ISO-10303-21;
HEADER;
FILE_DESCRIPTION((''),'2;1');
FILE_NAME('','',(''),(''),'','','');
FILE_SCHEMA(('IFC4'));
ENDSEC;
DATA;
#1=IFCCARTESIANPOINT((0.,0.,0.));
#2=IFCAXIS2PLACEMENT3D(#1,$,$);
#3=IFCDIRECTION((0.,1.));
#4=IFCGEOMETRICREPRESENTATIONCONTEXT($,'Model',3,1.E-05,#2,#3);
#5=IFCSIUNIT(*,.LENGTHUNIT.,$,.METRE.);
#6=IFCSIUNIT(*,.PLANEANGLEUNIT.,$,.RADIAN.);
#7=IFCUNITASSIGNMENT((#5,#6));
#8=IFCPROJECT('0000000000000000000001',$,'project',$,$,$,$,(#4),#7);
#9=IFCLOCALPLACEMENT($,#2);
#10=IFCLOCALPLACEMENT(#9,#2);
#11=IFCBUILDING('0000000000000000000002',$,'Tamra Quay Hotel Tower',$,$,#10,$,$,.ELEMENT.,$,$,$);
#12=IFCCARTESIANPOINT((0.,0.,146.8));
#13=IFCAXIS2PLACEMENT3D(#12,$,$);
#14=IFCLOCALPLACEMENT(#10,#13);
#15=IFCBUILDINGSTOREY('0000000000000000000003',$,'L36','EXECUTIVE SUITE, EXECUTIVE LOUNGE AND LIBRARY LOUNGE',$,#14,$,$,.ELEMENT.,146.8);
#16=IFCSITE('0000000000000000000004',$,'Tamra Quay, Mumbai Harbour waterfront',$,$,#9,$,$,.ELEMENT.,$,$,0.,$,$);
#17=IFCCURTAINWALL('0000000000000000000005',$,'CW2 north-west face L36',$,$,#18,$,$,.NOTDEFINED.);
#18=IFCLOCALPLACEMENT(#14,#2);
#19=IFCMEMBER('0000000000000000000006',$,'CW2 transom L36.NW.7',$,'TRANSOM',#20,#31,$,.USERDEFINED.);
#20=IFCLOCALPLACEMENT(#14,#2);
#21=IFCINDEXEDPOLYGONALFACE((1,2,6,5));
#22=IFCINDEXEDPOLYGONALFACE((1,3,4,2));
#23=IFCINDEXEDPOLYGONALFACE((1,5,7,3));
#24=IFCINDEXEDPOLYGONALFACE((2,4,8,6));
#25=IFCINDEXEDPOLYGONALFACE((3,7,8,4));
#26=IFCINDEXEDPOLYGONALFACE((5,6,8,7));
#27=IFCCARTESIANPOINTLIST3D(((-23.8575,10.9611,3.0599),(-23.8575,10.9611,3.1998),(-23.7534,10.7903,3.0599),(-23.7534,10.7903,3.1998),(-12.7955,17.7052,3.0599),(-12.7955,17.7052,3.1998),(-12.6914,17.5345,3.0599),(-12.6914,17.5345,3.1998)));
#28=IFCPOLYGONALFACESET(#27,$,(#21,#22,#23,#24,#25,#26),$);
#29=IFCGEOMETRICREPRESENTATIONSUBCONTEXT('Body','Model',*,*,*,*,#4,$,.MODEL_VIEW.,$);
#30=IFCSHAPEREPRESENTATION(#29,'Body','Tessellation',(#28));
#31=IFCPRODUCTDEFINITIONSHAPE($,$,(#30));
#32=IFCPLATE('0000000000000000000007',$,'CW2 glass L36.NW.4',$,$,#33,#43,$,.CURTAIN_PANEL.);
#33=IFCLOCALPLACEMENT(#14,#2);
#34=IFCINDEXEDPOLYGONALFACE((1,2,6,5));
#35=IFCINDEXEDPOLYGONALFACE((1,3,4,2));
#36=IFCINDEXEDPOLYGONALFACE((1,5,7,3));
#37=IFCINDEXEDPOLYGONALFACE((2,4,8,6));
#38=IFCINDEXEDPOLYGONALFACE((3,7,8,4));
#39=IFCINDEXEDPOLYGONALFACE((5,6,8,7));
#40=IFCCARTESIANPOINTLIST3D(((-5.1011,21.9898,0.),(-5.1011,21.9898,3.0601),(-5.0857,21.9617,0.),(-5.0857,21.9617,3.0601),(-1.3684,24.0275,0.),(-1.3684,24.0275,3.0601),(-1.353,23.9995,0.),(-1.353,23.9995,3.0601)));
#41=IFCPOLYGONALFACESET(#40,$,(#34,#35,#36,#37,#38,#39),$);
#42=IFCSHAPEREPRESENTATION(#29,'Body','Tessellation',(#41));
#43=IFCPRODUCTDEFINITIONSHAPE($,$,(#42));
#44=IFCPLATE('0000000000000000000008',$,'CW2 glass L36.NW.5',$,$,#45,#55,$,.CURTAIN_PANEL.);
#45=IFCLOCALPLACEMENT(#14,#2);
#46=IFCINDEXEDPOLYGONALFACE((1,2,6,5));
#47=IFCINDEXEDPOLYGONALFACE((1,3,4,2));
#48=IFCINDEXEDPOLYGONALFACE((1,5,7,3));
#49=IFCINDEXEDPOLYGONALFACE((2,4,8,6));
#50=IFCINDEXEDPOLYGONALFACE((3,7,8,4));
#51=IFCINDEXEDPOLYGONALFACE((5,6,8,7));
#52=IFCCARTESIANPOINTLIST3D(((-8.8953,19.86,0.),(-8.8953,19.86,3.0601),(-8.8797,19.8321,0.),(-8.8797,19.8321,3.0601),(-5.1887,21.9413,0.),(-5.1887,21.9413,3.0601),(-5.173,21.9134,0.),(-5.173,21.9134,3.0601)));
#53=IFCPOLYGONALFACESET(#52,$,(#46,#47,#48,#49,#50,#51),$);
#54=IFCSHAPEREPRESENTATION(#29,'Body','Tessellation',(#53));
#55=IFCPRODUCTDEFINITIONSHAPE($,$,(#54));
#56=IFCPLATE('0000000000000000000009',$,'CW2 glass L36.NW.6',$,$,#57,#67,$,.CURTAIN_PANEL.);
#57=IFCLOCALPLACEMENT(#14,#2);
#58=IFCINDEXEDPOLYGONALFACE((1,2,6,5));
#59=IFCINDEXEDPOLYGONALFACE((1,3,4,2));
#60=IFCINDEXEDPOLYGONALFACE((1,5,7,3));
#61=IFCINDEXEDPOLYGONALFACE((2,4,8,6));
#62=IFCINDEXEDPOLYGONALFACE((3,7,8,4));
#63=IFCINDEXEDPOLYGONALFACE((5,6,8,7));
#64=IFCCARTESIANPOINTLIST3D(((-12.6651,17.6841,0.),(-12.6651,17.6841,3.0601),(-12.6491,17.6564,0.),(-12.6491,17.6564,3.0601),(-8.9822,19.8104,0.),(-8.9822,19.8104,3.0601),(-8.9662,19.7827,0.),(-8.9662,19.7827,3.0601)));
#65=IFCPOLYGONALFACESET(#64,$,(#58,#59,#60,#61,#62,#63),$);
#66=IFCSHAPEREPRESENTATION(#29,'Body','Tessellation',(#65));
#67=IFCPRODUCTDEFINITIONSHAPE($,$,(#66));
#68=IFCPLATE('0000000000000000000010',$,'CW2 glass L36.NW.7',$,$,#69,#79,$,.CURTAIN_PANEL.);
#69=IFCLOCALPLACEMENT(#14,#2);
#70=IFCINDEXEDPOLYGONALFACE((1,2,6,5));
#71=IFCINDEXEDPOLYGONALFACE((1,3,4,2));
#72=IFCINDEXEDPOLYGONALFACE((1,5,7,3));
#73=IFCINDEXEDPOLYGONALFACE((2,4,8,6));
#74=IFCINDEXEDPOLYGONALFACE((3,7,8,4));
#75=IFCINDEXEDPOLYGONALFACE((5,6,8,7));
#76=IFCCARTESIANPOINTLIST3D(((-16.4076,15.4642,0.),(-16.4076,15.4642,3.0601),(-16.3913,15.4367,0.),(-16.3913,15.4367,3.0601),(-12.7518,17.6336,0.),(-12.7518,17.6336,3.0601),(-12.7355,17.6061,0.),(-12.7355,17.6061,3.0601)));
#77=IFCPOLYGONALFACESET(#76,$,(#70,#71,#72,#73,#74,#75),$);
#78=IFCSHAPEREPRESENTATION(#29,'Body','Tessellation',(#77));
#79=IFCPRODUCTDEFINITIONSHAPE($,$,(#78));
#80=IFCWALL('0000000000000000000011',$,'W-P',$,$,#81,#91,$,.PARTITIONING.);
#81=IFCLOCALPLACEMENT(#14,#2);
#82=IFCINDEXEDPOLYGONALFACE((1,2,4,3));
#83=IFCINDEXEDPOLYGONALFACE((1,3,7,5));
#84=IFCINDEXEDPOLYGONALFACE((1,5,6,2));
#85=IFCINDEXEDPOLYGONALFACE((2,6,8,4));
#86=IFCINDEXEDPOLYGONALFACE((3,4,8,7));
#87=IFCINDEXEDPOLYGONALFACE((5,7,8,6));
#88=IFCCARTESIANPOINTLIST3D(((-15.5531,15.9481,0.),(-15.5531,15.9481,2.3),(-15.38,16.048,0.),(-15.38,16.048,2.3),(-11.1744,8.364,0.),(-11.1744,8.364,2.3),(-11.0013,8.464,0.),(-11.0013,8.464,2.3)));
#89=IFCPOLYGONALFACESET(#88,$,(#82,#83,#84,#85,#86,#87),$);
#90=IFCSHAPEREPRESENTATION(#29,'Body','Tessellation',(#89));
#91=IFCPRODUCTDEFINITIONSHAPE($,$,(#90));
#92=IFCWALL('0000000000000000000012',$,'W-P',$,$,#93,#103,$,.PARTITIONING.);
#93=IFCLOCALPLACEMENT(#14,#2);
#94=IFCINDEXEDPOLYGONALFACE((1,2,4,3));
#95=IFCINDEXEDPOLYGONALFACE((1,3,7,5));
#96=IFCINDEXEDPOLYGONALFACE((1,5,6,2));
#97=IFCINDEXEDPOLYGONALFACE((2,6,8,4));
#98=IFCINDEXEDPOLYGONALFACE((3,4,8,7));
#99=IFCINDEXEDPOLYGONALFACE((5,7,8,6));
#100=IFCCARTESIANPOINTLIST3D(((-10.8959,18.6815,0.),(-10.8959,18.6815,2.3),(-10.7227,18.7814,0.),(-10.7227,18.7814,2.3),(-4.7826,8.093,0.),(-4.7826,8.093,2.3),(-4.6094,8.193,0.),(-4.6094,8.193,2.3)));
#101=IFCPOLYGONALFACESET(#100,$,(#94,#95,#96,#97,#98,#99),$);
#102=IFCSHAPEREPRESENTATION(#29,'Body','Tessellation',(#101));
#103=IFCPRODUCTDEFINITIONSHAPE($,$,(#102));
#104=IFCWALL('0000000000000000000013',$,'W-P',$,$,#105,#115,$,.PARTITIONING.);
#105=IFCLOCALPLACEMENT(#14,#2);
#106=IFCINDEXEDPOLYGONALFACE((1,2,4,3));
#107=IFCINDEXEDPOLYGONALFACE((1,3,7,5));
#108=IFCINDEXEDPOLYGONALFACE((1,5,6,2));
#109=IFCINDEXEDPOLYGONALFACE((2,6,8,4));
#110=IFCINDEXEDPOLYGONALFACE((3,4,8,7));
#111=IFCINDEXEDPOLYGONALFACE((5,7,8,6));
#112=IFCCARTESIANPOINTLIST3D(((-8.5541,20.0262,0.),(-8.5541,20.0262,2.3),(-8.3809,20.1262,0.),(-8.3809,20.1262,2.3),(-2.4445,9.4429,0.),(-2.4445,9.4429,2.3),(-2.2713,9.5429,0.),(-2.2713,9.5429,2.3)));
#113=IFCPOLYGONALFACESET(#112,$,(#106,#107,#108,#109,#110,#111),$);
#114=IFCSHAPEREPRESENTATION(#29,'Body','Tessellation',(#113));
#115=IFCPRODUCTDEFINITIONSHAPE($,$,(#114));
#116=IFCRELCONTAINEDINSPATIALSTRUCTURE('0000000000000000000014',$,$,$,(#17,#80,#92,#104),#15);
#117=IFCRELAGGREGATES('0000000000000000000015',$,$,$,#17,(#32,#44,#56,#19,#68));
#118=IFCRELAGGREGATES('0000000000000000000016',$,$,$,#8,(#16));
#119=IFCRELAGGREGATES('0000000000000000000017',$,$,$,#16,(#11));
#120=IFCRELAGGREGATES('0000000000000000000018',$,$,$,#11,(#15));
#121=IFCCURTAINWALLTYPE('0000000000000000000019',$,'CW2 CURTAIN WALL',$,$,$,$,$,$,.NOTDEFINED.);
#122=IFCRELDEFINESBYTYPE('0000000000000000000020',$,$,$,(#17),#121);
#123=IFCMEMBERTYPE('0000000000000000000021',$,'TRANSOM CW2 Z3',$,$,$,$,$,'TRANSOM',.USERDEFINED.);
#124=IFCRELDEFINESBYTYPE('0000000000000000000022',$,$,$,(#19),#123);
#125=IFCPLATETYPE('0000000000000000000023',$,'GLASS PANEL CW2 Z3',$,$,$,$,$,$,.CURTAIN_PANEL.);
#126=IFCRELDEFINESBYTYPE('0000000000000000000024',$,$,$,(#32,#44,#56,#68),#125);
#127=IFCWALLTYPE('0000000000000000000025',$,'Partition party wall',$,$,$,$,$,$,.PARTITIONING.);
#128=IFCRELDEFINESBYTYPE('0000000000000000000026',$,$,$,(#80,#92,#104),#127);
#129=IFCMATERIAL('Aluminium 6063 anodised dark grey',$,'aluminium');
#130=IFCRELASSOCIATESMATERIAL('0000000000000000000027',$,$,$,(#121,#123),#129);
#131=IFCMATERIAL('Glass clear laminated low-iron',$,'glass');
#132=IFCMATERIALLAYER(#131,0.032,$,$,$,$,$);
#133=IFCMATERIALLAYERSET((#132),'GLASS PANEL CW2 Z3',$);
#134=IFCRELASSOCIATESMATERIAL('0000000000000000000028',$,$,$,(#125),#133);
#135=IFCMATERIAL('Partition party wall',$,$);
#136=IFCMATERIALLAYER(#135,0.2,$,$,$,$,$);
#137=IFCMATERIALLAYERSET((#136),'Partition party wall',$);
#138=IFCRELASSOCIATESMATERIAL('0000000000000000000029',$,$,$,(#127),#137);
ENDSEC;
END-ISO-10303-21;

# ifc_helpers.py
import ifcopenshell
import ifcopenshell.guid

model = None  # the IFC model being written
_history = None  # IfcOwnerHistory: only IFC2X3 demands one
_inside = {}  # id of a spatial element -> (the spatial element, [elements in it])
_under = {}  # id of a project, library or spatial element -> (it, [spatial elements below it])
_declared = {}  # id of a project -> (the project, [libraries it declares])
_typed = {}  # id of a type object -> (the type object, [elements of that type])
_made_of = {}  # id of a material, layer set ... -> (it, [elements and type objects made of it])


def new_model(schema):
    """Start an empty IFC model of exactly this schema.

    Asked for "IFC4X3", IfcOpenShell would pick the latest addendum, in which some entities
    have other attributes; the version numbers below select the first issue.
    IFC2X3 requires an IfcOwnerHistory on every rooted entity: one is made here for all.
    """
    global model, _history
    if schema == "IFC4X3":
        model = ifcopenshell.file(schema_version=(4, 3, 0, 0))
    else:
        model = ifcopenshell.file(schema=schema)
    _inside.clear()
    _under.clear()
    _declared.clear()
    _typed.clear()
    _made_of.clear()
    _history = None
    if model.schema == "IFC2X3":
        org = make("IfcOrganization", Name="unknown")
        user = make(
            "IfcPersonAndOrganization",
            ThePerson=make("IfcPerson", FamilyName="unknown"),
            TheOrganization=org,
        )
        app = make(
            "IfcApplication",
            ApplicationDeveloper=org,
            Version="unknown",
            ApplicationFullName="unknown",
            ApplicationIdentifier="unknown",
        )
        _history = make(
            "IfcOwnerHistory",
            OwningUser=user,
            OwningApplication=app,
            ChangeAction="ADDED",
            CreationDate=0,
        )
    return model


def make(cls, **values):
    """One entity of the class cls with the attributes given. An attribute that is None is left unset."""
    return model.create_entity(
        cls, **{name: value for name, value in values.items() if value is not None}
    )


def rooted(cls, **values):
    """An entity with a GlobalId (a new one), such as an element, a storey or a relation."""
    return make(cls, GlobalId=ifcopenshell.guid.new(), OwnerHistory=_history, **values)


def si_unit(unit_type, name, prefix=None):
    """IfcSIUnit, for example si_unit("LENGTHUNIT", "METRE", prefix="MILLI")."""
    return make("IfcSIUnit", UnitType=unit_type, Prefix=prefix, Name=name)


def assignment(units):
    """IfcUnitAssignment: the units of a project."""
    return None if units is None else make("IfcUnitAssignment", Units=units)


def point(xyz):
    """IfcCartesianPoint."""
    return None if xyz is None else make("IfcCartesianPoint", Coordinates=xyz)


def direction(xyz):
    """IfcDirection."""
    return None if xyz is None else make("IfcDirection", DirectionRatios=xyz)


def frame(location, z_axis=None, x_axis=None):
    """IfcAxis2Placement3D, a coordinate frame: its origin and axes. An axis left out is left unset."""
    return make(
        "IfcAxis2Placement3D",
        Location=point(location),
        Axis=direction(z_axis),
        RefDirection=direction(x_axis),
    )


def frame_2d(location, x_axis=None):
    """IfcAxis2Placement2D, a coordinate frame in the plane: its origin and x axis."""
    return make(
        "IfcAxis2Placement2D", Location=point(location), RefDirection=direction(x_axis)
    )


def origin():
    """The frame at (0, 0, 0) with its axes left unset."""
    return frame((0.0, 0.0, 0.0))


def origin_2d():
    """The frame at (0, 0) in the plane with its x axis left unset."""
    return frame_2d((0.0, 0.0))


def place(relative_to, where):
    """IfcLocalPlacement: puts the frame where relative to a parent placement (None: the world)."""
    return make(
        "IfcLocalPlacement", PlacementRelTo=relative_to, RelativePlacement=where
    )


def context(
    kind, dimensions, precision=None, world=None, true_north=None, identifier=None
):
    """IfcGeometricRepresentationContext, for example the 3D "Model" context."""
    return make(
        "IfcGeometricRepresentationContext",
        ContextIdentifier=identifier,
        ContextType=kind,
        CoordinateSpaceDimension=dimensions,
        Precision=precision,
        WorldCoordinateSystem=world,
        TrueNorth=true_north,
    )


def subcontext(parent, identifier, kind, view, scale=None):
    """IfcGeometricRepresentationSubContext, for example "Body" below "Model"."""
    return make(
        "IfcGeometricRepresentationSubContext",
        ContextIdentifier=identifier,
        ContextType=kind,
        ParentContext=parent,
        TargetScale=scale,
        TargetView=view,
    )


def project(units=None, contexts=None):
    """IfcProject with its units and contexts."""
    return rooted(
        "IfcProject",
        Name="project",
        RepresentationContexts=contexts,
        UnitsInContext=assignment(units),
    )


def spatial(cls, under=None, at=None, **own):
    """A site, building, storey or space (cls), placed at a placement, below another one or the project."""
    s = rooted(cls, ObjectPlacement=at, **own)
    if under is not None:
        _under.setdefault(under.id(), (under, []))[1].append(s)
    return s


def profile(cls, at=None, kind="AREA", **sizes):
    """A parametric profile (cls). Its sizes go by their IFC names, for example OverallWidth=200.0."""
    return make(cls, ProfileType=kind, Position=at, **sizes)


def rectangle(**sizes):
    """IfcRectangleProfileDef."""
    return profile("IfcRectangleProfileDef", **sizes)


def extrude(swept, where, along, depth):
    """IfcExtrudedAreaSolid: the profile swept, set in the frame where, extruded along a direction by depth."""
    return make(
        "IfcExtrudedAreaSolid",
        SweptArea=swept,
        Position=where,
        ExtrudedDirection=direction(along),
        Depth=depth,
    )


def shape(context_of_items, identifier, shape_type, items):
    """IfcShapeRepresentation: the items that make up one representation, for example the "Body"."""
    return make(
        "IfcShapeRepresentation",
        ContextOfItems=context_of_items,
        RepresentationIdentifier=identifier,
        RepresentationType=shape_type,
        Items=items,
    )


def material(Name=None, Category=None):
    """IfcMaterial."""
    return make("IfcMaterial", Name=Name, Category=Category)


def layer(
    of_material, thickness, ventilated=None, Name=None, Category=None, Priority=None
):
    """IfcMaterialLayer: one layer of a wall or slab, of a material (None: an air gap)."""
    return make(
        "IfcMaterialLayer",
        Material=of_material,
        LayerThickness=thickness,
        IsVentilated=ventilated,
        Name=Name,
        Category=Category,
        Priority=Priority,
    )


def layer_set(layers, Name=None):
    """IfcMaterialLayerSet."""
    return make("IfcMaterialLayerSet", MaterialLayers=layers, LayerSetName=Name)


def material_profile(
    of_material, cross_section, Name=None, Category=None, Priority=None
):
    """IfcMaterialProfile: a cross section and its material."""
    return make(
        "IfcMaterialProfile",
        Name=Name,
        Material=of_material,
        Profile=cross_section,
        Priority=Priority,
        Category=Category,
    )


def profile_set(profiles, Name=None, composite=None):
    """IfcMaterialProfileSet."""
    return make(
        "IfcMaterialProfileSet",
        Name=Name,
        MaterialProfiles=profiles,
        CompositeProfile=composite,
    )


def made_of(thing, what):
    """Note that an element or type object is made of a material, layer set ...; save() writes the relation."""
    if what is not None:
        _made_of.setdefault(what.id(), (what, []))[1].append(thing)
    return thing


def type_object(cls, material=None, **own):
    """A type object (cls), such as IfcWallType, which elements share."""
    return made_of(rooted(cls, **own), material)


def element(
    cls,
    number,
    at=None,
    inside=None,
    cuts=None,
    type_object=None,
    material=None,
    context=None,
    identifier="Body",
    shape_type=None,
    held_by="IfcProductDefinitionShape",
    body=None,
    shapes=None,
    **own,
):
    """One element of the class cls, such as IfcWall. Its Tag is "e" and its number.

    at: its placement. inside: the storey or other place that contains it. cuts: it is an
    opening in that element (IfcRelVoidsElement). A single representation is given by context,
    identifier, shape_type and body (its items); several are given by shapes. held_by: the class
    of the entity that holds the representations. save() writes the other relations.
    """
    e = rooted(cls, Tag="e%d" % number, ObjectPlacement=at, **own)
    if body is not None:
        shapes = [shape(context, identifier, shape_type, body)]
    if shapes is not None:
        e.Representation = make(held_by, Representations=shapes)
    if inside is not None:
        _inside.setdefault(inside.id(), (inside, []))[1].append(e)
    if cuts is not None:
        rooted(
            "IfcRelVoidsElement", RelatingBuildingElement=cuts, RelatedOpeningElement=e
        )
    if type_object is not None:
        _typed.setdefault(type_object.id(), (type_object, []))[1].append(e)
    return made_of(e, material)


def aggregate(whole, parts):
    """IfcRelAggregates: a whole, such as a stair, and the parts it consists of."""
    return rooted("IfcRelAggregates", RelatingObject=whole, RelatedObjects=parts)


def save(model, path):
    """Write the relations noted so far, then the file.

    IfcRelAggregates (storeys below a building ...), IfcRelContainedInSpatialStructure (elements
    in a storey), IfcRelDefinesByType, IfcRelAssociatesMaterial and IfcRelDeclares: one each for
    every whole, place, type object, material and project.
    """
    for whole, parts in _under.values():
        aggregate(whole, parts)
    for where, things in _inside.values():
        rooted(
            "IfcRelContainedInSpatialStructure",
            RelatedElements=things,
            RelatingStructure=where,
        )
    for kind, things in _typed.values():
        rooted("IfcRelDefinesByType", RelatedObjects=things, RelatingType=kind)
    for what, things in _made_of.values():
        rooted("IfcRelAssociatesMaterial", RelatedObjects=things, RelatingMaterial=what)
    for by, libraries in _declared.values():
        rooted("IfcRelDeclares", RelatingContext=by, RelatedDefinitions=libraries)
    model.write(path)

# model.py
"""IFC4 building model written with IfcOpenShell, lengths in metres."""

from ifc_helpers import new_model, si_unit, direction, frame, frame_2d, origin, origin_2d, place, context, subcontext, project, spatial, rectangle, extrude, material, layer, layer_set, material_profile, profile_set, type_object, element, aggregate, save


model = new_model("IFC4")

# Units and contexts
model_context = context("Model", 3, precision=1e-05, world=origin(), true_north=direction((0.0, 1.0)))
body_context = subcontext(model_context, "Body", "Model", "MODEL_VIEW")
ifc_project = project(units=[si_unit("LENGTHUNIT", "METRE"), si_unit("PLANEANGLEUNIT", "RADIAN")], contexts=[model_context])

# Site, building, storey
site_placement = place(None, origin())
site = spatial("IfcSite", under=ifc_project, at=site_placement, Name="Tamra Quay, Mumbai Harbour waterfront", CompositionType="ELEMENT", RefElevation=0.0)
building_placement = place(site_placement, origin())
building = spatial("IfcBuilding", under=site, at=building_placement, Name="Tamra Quay Hotel Tower", CompositionType="ELEMENT")
storey_placement = place(building_placement, frame((0.0, 0.0, 146.8)))
storey = spatial("IfcBuildingStorey", under=building, at=storey_placement, Name="L36", Description="EXECUTIVE SUITE, EXECUTIVE LOUNGE AND LIBRARY LOUNGE", CompositionType="ELEMENT", Elevation=146.8)

# Curtain wall
ifc_material_1 = material(Name="Aluminium 6063 anodised dark grey", Category="aluminium")
curtain_wall_type = type_object("IfcCurtainWallType", Name="CW2 CURTAIN WALL", PredefinedType="NOTDEFINED", material=ifc_material_1)
curtain_wall_placement = place(storey_placement, origin())
curtain_wall = element("IfcCurtainWall", 1, at=curtain_wall_placement, inside=storey, type_object=curtain_wall_type, Name="CW2 north-west face L36", PredefinedType="NOTDEFINED")

# Member
ifc_material_profile_1 = material_profile(ifc_material_1, rectangle(XDim=0.2, YDim=0.1399, at=origin_2d()), Name="TRANSOM 200X140")
ifc_profile_set_1 = profile_set([ifc_material_profile_1], Name="Aluminium 6063 anodised dark grey")
member_type_1 = type_object("IfcMemberType", Name="TRANSOM CW2 Z3", ElementType="TRANSOM", PredefinedType="USERDEFINED", material=ifc_profile_set_1)
member_1_placement = place(storey_placement, frame((-12.7434, 17.6199, 3.1299), z_axis=(-0.85383, -0.520552, 0.0), x_axis=(0.520552, -0.85383, 0.0)))
member_1 = element("IfcMember", 2, at=member_1_placement, type_object=member_type_1, Name="CW2 transom L36.NW.7", ObjectType="TRANSOM", PredefinedType="USERDEFINED", context=body_context, shape_type="SweptSolid", body=[
    extrude(rectangle(XDim=0.2, YDim=0.1399, at=origin_2d()), origin(), (0.0, 0.0, 1.0), 12.9558),
])

# Plates
ifc_material_2 = material(Name="Glass clear laminated low-iron", Category="glass")
ifc_layer_1 = layer(ifc_material_2, 0.032)
ifc_layer_set_1 = layer_set([ifc_layer_1], Name="GLASS PANEL CW2 Z3")
plate_type = type_object("IfcPlateType", Name="GLASS PANEL CW2 Z3", PredefinedType="CURTAIN_PANEL", material=ifc_layer_set_1)
plate_1_placement = place(storey_placement, frame((-3.2271, 22.9946, 0.0), z_axis=(0.0, 0.0, 1.0), x_axis=(-0.877726, -0.479163, 0.0)))
plate_1 = element("IfcPlate", 3, at=plate_1_placement, type_object=plate_type, Name="CW2 glass L36.NW.4", PredefinedType="CURTAIN_PANEL", context=body_context, shape_type="SweptSolid", body=[
    extrude(rectangle(XDim=4.2527, YDim=0.032, at=origin_2d()), origin(), (0.0, 0.0, 1.0), 3.0601),
])
plate_2_placement = place(storey_placement, frame((-7.0342, 20.8867, 0.0), z_axis=(0.0, 0.0, 1.0), x_axis=(-0.871942, -0.489609, 0.0)))
plate_2 = element("IfcPlate", 4, at=plate_2_placement, type_object=plate_type, Name="CW2 glass L36.NW.5", PredefinedType="CURTAIN_PANEL", context=body_context, shape_type="SweptSolid", body=[
    extrude(rectangle(XDim=4.251, YDim=0.032, at=origin_2d()), origin(), (0.0, 0.0, 1.0), 3.0601),
])
plate_3_placement = place(storey_placement, frame((-10.8157, 18.7334, 0.0), z_axis=(0.0, 0.0, 1.0), x_axis=(-0.866025, -0.5, 0.0)))
plate_3 = element("IfcPlate", 5, at=plate_3_placement, type_object=plate_type, Name="CW2 glass L36.NW.6", PredefinedType="CURTAIN_PANEL", context=body_context, shape_type="SweptSolid", body=[
    extrude(rectangle(XDim=4.2527, YDim=0.032, at=origin_2d()), origin(), (0.0, 0.0, 1.0), 3.0601),
])
plate_4_placement = place(storey_placement, frame((-14.5715, 16.5352, 0.0), z_axis=(0.0, 0.0, 1.0), x_axis=(-0.859985, -0.510319, 0.0)))
plate_4 = element("IfcPlate", 6, at=plate_4_placement, type_object=plate_type, Name="CW2 glass L36.NW.7", PredefinedType="CURTAIN_PANEL", context=body_context, shape_type="SweptSolid", body=[
    extrude(rectangle(XDim=4.251, YDim=0.032, at=origin_2d()), origin(), (0.0, 0.0, 1.0), 3.0601),
])
aggregate(curtain_wall, [plate_1, plate_2, plate_3, member_1, plate_4])

# Walls
ifc_material_3 = material(Name="Partition party wall")
ifc_layer_2 = layer(ifc_material_3, 0.2)
ifc_layer_set_2 = layer_set([ifc_layer_2], Name="Partition party wall")
wall_type = type_object("IfcWallType", Name="Partition party wall", PredefinedType="PARTITIONING", material=ifc_layer_set_2)
wall_1_placement = place(storey_placement, frame((-15.4666, 15.998, 0.0), z_axis=(0.0, 0.0, 1.0), x_axis=(0.500004, -0.866023, 0.0)))
element("IfcWall", 7, at=wall_1_placement, inside=storey, type_object=wall_type, Name="W-P", PredefinedType="PARTITIONING", context=body_context, shape_type="SweptSolid", body=[
    extrude(rectangle(XDim=8.7573, YDim=0.2, at=frame_2d((4.3787, 0.0))), origin(), (0.0, 0.0, 1.0), 2.3),
])
wall_2_placement = place(storey_placement, frame((-10.8093, 18.7314, 0.0), z_axis=(0.0, 0.0, 1.0), x_axis=(0.500005, -0.866023, 0.0)))
element("IfcWall", 8, at=wall_2_placement, inside=storey, type_object=wall_type, Name="W-P", PredefinedType="PARTITIONING", context=body_context, shape_type="SweptSolid", body=[
    extrude(rectangle(XDim=12.2266, YDim=0.2, at=frame_2d((6.1133, 0.0))), origin(), (0.0, 0.0, 1.0), 2.3),
])
wall_3_placement = place(storey_placement, frame((-8.4675, 20.0762, 0.0), z_axis=(0.0, 0.0, 1.0), x_axis=(0.499962, -0.866048, 0.0)))
element("IfcWall", 9, at=wall_3_placement, inside=storey, type_object=wall_type, Name="W-P", PredefinedType="PARTITIONING", context=body_context, shape_type="SweptSolid", body=[
    extrude(rectangle(XDim=12.2202, YDim=0.2, at=frame_2d((6.1101, 0.0))), origin(), (0.0, 0.0, 1.0), 2.3),
])

save(model, "model.ifc")
